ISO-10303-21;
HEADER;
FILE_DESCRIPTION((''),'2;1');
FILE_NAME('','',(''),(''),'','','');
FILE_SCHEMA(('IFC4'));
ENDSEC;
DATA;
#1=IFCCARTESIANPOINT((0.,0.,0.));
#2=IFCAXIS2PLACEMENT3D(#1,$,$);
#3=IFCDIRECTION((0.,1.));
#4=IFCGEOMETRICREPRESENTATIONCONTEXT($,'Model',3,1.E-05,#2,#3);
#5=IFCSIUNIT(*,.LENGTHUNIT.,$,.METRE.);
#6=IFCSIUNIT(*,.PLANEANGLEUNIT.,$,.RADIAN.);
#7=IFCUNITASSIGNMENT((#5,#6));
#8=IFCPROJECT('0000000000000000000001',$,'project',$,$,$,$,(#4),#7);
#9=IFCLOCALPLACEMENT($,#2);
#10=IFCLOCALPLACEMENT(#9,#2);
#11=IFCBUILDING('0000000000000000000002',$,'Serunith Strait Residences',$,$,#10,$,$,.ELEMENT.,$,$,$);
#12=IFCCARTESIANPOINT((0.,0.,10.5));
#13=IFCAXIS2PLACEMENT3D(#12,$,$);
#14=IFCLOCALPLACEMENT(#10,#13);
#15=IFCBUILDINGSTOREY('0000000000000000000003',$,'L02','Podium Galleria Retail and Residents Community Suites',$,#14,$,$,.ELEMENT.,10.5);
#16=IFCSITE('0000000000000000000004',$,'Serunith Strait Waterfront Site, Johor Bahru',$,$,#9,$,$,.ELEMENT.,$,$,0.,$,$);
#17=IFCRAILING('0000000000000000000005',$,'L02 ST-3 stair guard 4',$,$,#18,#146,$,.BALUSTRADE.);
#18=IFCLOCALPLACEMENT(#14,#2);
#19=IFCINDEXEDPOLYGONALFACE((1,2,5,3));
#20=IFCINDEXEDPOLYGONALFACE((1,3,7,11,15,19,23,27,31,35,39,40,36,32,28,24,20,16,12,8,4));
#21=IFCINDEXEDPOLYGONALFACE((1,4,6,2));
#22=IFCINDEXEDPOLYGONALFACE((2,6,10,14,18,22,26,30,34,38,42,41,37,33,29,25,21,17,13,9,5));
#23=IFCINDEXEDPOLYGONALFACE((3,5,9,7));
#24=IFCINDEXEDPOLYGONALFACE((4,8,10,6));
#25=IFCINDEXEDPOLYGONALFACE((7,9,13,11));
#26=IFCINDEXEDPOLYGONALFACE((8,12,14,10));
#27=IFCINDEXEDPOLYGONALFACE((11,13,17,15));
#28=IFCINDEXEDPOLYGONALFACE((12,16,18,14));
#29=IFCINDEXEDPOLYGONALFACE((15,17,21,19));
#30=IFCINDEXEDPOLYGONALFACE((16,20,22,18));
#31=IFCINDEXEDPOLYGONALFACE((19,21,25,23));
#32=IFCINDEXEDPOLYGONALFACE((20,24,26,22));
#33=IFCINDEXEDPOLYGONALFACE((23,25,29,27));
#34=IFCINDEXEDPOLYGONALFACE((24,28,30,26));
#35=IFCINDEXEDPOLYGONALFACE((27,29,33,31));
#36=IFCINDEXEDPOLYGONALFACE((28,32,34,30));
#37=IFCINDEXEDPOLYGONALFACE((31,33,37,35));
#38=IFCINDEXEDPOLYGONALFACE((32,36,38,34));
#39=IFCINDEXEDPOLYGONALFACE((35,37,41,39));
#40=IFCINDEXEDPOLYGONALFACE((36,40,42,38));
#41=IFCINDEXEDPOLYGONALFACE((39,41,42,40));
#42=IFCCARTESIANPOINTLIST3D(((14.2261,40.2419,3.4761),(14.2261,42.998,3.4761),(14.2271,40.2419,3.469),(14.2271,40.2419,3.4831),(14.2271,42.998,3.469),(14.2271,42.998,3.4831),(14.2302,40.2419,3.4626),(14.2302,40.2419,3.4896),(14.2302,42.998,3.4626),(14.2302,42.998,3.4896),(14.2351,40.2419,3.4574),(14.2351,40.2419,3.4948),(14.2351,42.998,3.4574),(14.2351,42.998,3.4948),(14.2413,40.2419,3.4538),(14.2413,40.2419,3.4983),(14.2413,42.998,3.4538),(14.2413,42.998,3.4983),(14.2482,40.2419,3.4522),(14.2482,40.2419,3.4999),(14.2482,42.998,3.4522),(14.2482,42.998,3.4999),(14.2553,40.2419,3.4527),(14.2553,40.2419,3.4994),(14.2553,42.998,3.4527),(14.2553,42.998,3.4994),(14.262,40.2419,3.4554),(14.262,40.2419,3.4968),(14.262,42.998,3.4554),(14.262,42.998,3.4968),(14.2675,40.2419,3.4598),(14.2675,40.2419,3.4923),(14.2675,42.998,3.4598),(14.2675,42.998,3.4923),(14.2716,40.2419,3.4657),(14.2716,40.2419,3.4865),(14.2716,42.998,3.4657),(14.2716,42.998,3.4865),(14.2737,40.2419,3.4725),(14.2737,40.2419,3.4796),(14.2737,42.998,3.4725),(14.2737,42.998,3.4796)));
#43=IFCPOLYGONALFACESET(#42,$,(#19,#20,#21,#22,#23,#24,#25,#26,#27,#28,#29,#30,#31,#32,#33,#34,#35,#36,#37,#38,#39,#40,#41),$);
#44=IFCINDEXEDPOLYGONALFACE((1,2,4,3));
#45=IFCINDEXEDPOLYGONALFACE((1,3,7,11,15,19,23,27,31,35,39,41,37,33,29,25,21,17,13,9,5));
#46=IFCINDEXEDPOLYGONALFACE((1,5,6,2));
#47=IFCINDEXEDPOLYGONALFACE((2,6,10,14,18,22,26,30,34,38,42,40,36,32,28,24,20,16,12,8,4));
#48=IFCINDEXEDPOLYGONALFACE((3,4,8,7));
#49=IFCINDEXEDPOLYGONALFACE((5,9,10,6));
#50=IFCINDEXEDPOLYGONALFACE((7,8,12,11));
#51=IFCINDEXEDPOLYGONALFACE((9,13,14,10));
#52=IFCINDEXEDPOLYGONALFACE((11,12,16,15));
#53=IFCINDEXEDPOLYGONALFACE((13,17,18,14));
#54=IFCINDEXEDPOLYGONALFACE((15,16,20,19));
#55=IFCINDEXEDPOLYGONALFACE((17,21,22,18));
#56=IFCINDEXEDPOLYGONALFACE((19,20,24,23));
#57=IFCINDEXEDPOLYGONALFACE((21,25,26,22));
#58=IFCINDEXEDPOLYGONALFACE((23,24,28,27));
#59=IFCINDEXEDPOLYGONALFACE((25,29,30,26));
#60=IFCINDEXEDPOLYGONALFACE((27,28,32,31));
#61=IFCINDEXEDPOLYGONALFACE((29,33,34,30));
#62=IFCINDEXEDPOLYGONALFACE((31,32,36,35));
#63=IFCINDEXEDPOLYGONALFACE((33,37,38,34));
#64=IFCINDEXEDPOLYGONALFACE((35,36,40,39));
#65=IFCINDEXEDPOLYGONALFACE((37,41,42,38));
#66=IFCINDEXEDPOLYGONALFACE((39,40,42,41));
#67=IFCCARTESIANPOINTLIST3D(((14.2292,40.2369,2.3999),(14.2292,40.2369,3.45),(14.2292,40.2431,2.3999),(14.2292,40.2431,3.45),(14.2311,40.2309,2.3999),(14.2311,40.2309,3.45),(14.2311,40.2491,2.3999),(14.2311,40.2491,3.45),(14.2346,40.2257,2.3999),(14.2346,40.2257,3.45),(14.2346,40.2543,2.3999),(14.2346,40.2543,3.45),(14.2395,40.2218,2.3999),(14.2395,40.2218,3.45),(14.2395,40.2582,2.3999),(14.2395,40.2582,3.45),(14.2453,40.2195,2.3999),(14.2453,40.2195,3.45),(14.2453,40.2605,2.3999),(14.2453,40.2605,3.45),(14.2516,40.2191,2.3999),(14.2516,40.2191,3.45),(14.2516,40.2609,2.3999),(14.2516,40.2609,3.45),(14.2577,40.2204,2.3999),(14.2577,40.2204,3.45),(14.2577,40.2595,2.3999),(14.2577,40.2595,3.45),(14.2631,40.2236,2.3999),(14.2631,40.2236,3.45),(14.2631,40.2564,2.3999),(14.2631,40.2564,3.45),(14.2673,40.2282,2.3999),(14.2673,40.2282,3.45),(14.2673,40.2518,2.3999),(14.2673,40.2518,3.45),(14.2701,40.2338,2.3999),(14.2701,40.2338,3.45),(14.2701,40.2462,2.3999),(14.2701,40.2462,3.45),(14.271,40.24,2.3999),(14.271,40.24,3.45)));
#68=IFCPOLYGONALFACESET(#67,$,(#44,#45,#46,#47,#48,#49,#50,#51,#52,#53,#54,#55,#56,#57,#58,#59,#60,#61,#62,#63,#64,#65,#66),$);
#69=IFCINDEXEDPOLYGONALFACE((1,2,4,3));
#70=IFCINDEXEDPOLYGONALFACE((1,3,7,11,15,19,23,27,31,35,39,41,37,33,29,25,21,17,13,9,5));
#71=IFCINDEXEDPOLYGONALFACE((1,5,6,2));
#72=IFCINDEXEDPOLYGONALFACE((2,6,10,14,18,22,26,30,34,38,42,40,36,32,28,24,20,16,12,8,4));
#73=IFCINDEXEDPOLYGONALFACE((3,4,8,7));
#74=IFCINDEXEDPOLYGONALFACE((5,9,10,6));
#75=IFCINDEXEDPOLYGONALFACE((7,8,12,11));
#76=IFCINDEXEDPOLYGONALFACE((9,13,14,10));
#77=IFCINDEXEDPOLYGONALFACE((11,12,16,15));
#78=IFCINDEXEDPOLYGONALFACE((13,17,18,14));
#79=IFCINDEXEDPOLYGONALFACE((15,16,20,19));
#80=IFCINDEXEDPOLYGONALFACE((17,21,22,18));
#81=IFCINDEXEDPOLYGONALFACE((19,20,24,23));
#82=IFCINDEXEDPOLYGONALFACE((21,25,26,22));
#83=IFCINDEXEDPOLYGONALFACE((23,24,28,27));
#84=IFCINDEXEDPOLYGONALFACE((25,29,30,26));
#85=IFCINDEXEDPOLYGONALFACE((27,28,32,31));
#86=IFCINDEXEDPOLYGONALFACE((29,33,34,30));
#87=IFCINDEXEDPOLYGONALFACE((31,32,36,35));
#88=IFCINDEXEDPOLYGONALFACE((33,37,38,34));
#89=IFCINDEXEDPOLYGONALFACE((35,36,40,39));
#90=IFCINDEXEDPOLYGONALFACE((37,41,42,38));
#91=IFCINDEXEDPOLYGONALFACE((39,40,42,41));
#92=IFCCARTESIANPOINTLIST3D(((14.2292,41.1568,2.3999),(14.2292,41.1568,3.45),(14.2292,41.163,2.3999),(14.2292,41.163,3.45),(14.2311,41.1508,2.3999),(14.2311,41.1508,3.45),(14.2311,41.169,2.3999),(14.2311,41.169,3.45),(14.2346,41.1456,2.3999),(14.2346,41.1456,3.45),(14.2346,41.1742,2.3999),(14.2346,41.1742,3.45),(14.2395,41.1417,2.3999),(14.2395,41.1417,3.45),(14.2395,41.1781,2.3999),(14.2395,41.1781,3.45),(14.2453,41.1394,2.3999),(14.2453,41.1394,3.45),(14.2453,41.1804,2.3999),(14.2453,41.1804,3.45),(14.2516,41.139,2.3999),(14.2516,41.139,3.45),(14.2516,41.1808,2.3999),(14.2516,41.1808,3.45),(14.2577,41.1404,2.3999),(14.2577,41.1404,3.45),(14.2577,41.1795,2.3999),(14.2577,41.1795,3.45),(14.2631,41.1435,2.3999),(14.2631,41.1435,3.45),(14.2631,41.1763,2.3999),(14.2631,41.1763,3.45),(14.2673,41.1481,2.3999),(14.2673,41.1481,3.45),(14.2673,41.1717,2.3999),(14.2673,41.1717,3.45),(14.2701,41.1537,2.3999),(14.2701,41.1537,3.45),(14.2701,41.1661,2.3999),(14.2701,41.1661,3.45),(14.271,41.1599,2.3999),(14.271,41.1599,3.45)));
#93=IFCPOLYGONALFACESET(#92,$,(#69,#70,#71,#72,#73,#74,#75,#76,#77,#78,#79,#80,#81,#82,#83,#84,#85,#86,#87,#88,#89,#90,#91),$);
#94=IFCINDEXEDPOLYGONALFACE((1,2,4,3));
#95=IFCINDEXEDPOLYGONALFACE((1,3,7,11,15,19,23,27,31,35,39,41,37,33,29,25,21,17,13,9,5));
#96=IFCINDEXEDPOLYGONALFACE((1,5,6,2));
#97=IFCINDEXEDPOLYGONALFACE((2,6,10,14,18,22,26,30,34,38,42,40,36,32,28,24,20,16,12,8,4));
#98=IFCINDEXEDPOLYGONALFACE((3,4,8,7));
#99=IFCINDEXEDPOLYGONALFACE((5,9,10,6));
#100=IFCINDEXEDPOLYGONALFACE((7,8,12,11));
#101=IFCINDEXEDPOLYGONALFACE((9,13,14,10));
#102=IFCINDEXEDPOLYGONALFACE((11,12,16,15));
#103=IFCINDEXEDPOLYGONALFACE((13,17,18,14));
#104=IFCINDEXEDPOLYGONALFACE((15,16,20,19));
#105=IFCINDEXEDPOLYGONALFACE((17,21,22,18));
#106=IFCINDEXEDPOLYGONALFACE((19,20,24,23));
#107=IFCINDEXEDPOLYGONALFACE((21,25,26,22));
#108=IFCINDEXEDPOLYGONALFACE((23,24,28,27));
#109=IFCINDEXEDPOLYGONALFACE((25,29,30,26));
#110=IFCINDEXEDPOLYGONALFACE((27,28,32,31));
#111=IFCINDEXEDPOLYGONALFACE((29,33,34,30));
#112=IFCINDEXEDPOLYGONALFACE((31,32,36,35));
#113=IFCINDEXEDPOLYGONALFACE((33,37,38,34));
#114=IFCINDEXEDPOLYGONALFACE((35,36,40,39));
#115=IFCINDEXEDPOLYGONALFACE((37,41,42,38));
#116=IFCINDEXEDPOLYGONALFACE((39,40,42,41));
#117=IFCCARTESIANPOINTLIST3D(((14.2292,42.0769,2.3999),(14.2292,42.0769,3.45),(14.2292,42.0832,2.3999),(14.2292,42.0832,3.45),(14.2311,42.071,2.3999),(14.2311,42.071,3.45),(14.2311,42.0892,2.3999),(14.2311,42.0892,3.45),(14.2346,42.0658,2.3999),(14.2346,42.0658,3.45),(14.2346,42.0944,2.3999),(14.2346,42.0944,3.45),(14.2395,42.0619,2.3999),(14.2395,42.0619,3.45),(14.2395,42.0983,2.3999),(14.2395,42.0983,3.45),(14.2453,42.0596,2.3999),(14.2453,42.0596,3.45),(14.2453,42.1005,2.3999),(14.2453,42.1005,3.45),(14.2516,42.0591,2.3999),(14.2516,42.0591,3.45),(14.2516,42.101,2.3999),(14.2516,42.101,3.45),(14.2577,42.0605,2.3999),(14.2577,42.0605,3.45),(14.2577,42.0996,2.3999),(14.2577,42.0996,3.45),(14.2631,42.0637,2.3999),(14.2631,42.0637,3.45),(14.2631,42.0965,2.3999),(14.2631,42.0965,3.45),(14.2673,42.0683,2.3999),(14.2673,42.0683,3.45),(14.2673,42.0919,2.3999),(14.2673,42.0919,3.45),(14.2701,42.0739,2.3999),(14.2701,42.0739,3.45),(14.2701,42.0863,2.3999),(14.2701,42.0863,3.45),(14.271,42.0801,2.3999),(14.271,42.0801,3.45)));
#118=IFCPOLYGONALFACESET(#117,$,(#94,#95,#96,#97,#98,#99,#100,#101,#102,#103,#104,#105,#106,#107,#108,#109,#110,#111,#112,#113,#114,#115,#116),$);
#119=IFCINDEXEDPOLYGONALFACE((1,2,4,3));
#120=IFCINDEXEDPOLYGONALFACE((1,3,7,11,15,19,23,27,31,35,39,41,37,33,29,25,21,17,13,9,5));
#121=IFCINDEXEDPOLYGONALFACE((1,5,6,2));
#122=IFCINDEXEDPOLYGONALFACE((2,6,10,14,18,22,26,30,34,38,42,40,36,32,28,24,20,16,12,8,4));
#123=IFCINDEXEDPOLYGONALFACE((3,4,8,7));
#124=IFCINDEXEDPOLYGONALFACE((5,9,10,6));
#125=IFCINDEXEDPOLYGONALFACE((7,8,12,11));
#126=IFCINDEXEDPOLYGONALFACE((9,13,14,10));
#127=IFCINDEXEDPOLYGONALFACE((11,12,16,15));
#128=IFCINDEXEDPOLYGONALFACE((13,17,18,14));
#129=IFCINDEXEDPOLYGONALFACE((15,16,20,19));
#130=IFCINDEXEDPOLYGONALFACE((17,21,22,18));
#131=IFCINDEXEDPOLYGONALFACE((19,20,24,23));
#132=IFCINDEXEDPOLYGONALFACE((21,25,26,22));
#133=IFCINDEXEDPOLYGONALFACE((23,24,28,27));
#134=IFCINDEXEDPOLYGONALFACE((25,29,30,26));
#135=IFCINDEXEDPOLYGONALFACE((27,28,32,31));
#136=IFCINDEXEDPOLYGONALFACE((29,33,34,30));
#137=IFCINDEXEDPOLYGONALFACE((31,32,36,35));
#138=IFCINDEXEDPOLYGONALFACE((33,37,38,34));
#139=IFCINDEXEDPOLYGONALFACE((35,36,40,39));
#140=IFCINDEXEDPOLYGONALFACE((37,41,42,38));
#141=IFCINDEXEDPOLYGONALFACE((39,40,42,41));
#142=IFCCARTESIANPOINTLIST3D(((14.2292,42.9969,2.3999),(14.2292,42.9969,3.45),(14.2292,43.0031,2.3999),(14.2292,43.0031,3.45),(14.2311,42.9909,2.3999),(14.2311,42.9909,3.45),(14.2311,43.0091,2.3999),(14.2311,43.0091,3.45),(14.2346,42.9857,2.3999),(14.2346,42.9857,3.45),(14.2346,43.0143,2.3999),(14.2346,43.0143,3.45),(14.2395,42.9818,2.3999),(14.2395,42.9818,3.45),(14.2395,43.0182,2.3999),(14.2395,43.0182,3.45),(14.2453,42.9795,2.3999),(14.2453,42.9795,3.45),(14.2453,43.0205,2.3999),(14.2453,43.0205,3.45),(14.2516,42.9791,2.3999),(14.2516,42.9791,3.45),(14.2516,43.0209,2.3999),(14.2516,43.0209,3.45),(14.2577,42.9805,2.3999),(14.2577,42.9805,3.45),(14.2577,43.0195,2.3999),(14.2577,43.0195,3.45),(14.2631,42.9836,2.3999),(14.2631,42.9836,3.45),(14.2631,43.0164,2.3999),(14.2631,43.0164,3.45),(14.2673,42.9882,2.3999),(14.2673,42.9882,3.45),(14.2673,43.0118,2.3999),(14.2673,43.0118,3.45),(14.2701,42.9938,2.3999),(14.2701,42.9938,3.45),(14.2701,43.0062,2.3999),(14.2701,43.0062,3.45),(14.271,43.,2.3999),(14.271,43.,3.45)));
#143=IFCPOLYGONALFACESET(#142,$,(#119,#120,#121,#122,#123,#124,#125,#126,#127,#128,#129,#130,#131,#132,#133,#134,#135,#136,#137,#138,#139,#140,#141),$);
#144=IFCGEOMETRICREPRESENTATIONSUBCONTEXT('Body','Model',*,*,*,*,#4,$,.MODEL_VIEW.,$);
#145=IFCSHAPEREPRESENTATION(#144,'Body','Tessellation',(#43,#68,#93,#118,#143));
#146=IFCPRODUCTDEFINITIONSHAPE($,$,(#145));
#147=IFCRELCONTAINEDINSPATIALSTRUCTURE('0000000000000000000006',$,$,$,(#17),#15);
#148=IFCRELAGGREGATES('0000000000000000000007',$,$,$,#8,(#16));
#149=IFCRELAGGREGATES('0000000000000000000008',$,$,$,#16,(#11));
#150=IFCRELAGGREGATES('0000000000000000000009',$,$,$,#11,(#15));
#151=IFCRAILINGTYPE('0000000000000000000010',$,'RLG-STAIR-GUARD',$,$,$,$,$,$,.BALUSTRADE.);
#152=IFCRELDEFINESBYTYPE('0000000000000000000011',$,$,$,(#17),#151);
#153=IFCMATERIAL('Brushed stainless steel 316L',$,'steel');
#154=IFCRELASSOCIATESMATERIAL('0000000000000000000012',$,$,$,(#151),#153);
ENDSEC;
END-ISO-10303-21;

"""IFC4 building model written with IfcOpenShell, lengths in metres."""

from ifc_helpers import new_model, si_unit, direction, frame, origin, origin_2d, place, context, subcontext, project, spatial, circle, extrude, material, type_object, element, save


model = new_model("IFC4")

# Units and contexts
model_context = context("Model", 3, precision=1e-05, world=origin(), true_north=direction((0.0, 1.0)))
body_context = subcontext(model_context, "Body", "Model", "MODEL_VIEW")
ifc_project = project(units=[si_unit("LENGTHUNIT", "METRE"), si_unit("PLANEANGLEUNIT", "RADIAN")], contexts=[model_context])

# Site, building, storey
site_placement = place(None, origin())
site = spatial("IfcSite", under=ifc_project, at=site_placement, Name="Serunith Strait Waterfront Site, Johor Bahru", CompositionType="ELEMENT", RefElevation=0.0)
building_placement = place(site_placement, origin())
building = spatial("IfcBuilding", under=site, at=building_placement, Name="Serunith Strait Residences", CompositionType="ELEMENT")
storey_placement = place(building_placement, frame((0.0, 0.0, 10.5)))
storey = spatial("IfcBuildingStorey", under=building, at=storey_placement, Name="L02", Description="Podium Galleria Retail and Residents Community Suites", CompositionType="ELEMENT", Elevation=10.5)

# Railing
ifc_material_1 = material(Name="Brushed stainless steel 316L", Category="steel")
railing_type_1 = type_object("IfcRailingType", Name="RLG-STAIR-GUARD", PredefinedType="BALUSTRADE", material=ifc_material_1)
railing_1_placement = place(storey_placement, frame((14.25, 40.24, 2.3999)))
element("IfcRailing", 1, at=railing_1_placement, inside=storey, type_object=railing_type_1, Name="L02 ST-3 stair guard 4", PredefinedType="BALUSTRADE", context=body_context, shape_type="SweptSolid", body=[
    extrude(circle(Radius=0.0239, at=origin_2d()), frame((0.0, 0.002, 1.0762), z_axis=(0.0, 1.0, 0.0), x_axis=(-1.0, 0.0, 0.0)), (0.0, 0.0, 1.0), 2.7561),
    extrude(circle(Radius=0.021, at=origin_2d()), origin(), (0.0, 0.0, 1.0), 1.05),
    extrude(circle(Radius=0.021, at=origin_2d()), frame((0.0, 0.9199, 0.0)), (0.0, 0.0, 1.0), 1.05),
    extrude(circle(Radius=0.021, at=origin_2d()), frame((0.0, 1.8401, 0.0)), (0.0, 0.0, 1.0), 1.05),
    extrude(circle(Radius=0.021, at=origin_2d()), frame((0.0, 2.76, 0.0)), (0.0, 0.0, 1.0), 1.05),
])

save(model, "model.ifc")
